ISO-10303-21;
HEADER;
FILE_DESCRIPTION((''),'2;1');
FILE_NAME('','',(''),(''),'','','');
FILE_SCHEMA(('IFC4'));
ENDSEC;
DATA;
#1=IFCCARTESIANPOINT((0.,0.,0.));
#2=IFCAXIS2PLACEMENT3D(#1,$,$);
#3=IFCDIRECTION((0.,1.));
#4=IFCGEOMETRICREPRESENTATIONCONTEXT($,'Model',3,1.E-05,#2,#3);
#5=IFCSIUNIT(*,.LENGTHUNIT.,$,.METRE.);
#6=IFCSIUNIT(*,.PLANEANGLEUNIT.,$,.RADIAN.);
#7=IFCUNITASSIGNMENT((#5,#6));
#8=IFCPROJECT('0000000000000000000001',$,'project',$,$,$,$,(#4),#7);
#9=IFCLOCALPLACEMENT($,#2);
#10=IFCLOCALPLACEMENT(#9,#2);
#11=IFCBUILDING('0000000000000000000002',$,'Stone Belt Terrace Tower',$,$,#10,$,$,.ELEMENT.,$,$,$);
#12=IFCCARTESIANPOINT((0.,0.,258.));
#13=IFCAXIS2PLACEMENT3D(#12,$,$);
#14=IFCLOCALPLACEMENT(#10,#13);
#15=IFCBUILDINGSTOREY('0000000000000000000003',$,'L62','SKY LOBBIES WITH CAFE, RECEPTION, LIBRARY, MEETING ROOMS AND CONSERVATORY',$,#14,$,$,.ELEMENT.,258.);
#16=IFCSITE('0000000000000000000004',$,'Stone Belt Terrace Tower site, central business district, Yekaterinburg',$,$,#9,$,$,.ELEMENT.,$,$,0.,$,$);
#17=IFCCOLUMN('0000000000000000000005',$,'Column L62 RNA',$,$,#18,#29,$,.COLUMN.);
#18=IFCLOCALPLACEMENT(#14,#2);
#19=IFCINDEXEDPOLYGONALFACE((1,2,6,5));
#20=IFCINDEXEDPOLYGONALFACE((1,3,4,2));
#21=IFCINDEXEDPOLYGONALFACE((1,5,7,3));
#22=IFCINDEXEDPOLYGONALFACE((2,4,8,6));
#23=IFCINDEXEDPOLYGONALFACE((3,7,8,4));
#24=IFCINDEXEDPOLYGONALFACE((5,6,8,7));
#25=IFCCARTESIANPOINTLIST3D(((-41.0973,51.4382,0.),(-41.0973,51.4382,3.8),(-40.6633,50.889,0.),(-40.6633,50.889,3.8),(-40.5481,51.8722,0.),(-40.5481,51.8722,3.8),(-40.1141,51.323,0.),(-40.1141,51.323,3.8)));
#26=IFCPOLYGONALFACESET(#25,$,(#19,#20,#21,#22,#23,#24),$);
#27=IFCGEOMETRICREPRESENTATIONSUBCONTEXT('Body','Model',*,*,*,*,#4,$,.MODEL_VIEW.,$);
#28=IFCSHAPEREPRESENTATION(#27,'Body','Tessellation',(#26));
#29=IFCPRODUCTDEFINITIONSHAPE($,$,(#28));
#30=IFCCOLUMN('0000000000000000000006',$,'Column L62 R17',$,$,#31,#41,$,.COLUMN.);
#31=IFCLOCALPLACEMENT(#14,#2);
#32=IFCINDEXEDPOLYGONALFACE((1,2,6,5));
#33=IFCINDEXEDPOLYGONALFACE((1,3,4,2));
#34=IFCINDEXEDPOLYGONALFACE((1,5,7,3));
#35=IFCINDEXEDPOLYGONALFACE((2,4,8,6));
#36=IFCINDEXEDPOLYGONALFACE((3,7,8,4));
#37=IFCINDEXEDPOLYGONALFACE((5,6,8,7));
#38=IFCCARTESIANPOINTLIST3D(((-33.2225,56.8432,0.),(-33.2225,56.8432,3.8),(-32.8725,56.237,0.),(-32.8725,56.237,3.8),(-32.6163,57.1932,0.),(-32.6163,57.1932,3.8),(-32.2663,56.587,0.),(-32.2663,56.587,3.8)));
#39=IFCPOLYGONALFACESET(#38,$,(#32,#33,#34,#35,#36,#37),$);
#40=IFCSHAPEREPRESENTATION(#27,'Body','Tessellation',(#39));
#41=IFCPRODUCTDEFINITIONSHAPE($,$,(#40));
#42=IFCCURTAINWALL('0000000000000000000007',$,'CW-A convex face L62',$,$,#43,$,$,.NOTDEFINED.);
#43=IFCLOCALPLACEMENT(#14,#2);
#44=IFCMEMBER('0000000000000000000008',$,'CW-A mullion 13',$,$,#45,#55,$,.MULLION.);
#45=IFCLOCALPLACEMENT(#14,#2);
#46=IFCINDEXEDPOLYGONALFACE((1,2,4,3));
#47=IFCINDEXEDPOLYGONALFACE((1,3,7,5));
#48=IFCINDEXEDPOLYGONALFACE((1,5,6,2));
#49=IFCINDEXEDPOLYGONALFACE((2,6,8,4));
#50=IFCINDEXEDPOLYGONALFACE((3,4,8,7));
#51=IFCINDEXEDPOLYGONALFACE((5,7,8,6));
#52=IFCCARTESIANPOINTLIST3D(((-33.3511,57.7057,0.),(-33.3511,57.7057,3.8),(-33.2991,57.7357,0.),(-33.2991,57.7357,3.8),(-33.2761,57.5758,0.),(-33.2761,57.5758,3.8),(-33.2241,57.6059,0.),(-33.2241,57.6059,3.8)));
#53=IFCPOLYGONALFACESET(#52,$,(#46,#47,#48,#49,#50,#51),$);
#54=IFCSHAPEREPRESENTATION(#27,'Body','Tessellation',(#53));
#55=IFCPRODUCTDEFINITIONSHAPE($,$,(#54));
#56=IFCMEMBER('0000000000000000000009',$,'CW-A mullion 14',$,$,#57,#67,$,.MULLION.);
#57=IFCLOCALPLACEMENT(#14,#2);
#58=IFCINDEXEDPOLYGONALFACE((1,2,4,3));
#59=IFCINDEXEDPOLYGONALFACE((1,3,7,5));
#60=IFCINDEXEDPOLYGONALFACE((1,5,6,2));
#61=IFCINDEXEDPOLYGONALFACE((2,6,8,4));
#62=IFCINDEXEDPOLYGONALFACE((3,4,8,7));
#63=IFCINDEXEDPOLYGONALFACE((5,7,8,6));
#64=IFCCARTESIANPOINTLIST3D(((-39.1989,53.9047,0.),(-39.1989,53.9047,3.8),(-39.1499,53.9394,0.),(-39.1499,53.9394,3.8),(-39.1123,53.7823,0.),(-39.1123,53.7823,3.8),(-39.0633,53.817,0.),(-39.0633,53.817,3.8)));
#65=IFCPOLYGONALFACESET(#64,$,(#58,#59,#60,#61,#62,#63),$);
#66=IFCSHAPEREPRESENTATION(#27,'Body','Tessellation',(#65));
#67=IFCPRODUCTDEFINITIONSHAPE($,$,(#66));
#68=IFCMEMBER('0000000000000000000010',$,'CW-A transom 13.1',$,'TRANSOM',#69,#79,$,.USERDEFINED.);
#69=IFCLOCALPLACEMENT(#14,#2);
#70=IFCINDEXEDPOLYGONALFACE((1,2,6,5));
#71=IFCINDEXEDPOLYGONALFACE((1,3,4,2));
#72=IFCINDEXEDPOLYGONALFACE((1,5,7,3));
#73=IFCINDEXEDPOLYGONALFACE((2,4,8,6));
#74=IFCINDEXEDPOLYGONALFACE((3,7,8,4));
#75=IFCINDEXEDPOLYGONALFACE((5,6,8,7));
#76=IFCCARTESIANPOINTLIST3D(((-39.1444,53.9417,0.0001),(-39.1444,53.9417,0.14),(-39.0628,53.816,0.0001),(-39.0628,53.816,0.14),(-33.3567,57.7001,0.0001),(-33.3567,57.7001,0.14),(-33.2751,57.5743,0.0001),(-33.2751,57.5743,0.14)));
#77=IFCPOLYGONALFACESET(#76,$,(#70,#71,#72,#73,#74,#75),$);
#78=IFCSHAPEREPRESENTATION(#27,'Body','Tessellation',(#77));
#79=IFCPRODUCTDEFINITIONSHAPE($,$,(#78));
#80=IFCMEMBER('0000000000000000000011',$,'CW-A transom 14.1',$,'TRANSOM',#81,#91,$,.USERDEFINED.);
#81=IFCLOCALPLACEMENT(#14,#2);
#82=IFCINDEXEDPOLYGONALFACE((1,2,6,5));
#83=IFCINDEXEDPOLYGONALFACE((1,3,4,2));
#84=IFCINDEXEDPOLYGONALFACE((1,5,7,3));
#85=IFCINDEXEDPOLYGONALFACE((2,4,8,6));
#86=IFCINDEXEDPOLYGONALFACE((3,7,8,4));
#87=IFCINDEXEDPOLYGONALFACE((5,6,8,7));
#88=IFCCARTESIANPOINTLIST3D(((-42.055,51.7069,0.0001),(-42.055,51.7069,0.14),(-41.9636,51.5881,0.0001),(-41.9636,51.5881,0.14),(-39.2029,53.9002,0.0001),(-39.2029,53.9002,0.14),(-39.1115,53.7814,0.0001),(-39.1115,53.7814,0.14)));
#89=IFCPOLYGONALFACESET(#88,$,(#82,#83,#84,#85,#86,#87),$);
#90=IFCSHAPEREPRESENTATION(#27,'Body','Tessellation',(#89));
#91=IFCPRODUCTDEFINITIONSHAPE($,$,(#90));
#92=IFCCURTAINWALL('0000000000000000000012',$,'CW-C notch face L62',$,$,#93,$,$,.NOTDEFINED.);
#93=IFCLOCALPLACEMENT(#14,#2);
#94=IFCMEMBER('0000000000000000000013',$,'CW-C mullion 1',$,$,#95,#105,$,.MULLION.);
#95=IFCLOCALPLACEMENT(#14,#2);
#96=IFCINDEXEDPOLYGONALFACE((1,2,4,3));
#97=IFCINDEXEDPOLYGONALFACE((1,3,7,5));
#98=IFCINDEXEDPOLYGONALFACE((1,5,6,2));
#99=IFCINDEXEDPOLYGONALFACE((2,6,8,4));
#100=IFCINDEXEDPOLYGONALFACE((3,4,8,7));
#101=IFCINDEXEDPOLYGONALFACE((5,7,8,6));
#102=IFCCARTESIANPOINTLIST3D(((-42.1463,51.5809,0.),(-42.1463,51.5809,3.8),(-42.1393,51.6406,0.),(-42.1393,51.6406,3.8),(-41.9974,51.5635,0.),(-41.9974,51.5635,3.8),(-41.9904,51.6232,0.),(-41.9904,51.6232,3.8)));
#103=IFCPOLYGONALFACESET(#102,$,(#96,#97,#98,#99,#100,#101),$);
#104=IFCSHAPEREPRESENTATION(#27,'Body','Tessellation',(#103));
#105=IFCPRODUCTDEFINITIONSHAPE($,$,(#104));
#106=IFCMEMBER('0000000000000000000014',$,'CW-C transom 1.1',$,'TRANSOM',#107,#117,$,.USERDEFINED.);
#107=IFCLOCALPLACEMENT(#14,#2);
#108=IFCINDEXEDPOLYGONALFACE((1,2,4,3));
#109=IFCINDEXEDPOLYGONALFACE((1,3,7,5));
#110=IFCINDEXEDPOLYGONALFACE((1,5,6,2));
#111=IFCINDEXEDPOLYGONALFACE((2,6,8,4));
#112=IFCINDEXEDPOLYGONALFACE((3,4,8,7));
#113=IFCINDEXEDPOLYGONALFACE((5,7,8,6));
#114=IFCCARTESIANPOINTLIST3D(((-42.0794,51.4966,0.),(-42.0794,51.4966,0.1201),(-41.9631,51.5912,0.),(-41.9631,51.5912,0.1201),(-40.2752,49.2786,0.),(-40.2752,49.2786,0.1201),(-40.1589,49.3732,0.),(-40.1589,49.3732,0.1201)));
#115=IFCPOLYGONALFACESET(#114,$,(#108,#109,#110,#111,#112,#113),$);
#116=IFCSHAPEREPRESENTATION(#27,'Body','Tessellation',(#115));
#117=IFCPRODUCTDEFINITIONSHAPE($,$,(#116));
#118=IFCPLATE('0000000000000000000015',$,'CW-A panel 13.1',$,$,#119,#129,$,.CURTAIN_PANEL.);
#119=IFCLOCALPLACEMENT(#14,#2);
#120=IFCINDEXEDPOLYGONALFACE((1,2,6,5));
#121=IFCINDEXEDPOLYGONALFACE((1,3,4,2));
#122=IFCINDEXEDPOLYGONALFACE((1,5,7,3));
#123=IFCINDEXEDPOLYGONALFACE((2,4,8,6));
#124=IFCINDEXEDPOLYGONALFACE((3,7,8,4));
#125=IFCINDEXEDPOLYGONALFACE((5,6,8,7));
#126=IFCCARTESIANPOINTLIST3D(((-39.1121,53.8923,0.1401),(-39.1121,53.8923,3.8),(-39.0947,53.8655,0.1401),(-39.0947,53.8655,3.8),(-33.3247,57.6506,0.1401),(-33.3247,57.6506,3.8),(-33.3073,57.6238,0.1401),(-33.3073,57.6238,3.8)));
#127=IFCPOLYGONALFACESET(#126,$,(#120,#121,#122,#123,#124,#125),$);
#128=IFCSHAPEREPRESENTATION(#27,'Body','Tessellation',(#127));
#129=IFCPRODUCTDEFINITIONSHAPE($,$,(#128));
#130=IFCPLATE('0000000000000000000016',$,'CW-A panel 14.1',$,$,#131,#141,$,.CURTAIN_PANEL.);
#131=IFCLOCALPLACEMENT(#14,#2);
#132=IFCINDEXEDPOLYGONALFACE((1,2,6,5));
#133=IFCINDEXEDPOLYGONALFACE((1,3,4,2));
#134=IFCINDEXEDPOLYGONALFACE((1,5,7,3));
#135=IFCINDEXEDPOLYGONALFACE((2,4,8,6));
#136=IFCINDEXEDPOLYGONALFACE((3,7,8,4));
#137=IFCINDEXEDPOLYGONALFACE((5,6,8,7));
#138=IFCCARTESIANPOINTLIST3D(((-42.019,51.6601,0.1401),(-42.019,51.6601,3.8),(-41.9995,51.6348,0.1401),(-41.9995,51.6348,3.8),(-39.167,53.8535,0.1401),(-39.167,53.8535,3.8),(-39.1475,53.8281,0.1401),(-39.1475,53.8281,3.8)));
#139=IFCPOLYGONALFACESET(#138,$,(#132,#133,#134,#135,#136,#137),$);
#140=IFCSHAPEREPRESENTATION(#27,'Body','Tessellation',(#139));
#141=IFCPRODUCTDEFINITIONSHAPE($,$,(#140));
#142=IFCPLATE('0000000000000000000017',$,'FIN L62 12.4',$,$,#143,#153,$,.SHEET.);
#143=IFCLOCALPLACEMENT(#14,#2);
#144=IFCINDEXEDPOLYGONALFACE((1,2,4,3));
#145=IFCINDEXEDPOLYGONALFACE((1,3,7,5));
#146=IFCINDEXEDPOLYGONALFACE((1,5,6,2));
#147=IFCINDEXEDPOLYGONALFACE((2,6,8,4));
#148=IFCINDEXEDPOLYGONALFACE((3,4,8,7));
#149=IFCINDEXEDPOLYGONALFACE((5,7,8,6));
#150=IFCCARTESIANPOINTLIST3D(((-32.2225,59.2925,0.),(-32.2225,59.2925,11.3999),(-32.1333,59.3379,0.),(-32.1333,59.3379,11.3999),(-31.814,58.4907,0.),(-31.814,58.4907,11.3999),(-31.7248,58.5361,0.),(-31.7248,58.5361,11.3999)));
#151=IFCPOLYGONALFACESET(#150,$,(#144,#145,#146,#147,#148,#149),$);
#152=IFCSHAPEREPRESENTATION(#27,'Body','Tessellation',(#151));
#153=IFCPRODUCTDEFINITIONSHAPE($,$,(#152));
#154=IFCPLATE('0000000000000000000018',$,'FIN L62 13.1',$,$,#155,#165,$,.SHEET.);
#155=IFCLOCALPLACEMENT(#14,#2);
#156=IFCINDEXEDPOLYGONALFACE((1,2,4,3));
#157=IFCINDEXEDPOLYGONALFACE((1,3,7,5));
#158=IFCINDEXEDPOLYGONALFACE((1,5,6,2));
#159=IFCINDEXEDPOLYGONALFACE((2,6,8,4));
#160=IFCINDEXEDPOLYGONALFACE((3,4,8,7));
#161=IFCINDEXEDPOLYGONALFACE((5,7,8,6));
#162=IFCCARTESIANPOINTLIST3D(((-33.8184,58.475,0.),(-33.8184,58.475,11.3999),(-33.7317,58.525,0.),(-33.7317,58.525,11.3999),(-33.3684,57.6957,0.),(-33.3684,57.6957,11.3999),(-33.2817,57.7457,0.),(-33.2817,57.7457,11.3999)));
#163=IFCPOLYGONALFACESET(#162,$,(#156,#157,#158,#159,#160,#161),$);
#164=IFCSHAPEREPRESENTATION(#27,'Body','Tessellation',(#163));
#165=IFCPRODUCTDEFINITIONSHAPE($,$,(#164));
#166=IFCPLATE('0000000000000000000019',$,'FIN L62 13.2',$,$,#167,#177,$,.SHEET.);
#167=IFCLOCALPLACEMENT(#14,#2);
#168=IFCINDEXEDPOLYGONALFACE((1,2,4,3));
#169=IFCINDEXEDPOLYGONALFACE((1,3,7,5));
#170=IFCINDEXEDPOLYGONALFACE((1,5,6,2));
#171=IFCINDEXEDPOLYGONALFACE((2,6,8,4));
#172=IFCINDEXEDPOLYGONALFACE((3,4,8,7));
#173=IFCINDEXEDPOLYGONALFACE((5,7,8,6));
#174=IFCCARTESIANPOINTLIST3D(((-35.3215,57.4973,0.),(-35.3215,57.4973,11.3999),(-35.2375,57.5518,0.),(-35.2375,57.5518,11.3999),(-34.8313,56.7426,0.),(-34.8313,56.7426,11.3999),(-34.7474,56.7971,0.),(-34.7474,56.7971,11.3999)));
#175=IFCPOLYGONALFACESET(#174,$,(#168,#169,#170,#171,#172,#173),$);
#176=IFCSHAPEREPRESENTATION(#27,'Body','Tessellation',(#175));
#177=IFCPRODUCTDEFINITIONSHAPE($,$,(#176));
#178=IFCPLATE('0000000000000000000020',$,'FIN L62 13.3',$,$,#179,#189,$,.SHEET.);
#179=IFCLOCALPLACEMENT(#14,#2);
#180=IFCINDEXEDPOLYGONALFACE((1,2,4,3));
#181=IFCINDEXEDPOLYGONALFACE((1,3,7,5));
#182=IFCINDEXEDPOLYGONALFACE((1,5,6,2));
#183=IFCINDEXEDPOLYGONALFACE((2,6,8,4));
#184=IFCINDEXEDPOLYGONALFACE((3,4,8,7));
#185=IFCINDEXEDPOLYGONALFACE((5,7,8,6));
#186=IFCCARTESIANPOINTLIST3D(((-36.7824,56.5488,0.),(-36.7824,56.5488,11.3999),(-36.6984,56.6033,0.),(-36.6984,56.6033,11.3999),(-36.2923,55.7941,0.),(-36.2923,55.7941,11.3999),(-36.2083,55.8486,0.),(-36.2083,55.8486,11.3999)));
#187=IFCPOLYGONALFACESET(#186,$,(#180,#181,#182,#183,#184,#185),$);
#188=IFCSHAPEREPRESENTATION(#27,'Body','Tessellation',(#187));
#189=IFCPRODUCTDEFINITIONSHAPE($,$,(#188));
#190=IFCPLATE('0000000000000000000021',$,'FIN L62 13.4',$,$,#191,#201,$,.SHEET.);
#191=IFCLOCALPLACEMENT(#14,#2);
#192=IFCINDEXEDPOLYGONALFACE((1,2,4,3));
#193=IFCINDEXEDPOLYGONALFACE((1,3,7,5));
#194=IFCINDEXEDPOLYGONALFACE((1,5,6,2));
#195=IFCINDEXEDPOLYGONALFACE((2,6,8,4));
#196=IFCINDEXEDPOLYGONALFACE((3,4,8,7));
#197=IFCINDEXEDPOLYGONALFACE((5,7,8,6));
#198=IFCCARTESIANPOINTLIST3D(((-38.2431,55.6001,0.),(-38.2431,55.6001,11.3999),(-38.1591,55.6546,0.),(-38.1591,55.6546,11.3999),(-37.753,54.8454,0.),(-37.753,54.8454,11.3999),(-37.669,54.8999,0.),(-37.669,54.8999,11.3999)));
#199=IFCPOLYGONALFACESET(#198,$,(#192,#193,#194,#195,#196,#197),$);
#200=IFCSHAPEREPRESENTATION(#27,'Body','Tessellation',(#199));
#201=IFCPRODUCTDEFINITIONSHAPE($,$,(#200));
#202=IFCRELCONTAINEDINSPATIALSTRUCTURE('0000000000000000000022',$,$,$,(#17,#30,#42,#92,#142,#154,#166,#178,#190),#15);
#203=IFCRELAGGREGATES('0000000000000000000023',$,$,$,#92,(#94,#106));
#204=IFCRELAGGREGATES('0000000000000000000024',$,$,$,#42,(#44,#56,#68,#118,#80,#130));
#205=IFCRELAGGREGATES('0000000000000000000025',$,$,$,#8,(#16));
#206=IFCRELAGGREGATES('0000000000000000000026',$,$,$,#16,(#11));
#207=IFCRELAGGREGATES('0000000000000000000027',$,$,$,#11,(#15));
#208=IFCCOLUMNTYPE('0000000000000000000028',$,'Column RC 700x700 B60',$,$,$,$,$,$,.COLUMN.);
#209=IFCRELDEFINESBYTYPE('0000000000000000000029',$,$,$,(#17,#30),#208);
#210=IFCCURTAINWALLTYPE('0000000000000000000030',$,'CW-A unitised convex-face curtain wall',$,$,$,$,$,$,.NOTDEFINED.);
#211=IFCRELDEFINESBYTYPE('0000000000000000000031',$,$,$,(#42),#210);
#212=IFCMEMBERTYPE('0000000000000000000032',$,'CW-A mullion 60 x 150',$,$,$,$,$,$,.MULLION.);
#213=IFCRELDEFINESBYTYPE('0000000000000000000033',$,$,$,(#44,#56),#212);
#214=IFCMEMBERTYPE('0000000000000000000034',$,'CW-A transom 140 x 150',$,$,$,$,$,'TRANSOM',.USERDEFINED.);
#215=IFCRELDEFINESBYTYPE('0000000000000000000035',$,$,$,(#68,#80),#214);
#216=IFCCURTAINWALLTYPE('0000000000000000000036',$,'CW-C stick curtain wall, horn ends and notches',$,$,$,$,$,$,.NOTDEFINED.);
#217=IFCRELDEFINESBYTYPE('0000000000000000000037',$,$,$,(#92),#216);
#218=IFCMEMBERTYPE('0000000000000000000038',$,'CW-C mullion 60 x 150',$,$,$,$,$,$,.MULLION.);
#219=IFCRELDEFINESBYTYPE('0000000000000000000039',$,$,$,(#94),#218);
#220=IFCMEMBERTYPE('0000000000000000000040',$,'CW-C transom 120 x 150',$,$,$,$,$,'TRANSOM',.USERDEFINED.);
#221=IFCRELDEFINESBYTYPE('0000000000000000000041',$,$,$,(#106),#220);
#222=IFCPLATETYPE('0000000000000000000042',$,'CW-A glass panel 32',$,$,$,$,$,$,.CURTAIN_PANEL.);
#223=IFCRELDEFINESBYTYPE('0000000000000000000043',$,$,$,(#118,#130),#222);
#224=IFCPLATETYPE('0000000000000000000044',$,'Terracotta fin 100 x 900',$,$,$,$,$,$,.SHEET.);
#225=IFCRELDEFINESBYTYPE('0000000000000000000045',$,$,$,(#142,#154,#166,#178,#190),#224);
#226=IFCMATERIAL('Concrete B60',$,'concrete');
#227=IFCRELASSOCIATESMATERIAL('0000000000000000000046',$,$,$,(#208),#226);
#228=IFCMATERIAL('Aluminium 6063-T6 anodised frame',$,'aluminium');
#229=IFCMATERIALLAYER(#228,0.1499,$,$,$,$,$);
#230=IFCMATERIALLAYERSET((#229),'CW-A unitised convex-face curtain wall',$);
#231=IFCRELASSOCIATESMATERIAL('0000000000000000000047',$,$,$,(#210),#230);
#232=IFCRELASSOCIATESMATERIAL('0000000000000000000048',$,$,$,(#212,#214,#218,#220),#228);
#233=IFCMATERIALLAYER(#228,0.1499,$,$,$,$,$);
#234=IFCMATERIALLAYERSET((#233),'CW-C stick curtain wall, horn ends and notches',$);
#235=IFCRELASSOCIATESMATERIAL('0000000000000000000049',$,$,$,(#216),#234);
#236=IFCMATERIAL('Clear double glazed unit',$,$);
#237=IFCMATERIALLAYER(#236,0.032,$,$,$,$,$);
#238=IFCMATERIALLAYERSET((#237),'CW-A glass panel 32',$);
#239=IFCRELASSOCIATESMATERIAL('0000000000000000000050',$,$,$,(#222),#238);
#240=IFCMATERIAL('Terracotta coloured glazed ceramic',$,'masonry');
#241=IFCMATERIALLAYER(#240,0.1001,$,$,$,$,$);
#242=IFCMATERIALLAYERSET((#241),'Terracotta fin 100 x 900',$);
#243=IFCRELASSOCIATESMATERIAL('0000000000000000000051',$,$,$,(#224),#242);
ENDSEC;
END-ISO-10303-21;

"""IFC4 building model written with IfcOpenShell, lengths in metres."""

from ifc_helpers import new_model, si_unit, direction, frame, origin, origin_2d, place, context, subcontext, project, spatial, rectangle, extrude, material, layer, layer_set, material_profile, profile_set, type_object, element, aggregate, save


model = new_model("IFC4")

# Units and contexts
model_context = context("Model", 3, precision=1e-05, world=origin(), true_north=direction((0.0, 1.0)))
body_context = subcontext(model_context, "Body", "Model", "MODEL_VIEW")
ifc_project = project(units=[si_unit("LENGTHUNIT", "METRE"), si_unit("PLANEANGLEUNIT", "RADIAN")], contexts=[model_context])

# Site, building, storey
site_placement = place(None, origin())
site = spatial("IfcSite", under=ifc_project, at=site_placement, Name="Stone Belt Terrace Tower site, central business district, Yekaterinburg", CompositionType="ELEMENT", RefElevation=0.0)
building_placement = place(site_placement, origin())
building = spatial("IfcBuilding", under=site, at=building_placement, Name="Stone Belt Terrace Tower", CompositionType="ELEMENT")
storey_placement = place(building_placement, frame((0.0, 0.0, 258.0)))
storey = spatial("IfcBuildingStorey", under=building, at=storey_placement, Name="L62", Description="SKY LOBBIES WITH CAFE, RECEPTION, LIBRARY, MEETING ROOMS AND CONSERVATORY", CompositionType="ELEMENT", Elevation=258.0)

# Columns
ifc_material_1 = material(Name="Concrete B60", Category="concrete")
ifc_material_profile_1 = material_profile(ifc_material_1, rectangle(XDim=0.7, YDim=0.7, at=origin_2d()), Name="RC 700x700")
ifc_profile_set_1 = profile_set([ifc_material_profile_1], Name="Concrete B60")
column_type = type_object("IfcColumnType", Name="Column RC 700x700 B60", PredefinedType="COLUMN", material=ifc_profile_set_1)
for number, where, z_axis, x_axis, name in (
    (1, (-40.6057, 51.3806, 0.0), (0.0, 0.0, 1.0), (0.78457, 0.620041, 0.0), "Column L62 RNA"),
    (2, (-32.7444, 56.7151, 0.0), (0.0, 0.0, 1.0), (0.866025, 0.5, 0.0), "Column L62 R17"),
):
    element("IfcColumn", number, at=place(storey_placement, frame(where, z_axis=z_axis, x_axis=x_axis)), inside=storey, type_object=column_type, Name=name, PredefinedType="COLUMN", context=body_context, shape_type="SweptSolid", body=[
        extrude(rectangle(XDim=0.7, YDim=0.7, at=origin_2d()), origin(), (0.0, 0.0, 1.0), 3.8),
    ])

# Curtain walls, members
ifc_material_2 = material(Name="Aluminium 6063-T6 anodised frame", Category="aluminium")
ifc_layer_1 = layer(ifc_material_2, 0.1499)
ifc_layer_set_1 = layer_set([ifc_layer_1], Name="CW-A unitised convex-face curtain wall")
curtain_wall_type_1 = type_object("IfcCurtainWallType", Name="CW-A unitised convex-face curtain wall", PredefinedType="NOTDEFINED", material=ifc_layer_set_1)
curtain_wall_1_placement = place(storey_placement, origin())
curtain_wall_1 = element("IfcCurtainWall", 3, at=curtain_wall_1_placement, inside=storey, type_object=curtain_wall_type_1, Name="CW-A convex face L62", PredefinedType="NOTDEFINED")
ifc_material_profile_2 = material_profile(ifc_material_2, rectangle(XDim=0.1499, YDim=0.0601, at=origin_2d()), Name="Aluminium 6063-T6 60x150")
ifc_profile_set_2 = profile_set([ifc_material_profile_2], Name="Aluminium 6063-T6 anodised frame")
member_type_1 = type_object("IfcMemberType", Name="CW-A mullion 60 x 150", PredefinedType="MULLION", material=ifc_profile_set_2)
member_1_placement = place(storey_placement, frame((-33.2876, 57.6558, 0.0), z_axis=(0.0, 0.0, 1.0), x_axis=(0.5, -0.866025, 0.0)))
member_1 = element("IfcMember", 4, at=member_1_placement, type_object=member_type_1, Name="CW-A mullion 13", PredefinedType="MULLION", context=body_context, shape_type="SweptSolid", body=[
    extrude(rectangle(XDim=0.1499, YDim=0.0601, at=origin_2d()), origin(), (0.0, 0.0, 1.0), 3.8),
])
member_2_placement = place(storey_placement, frame((-39.1311, 53.8608, 0.0), z_axis=(0.0, 0.0, 1.0), x_axis=(0.577587, -0.816329, 0.0)))
member_2 = element("IfcMember", 5, at=member_2_placement, type_object=member_type_1, Name="CW-A mullion 14", PredefinedType="MULLION", context=body_context, shape_type="SweptSolid", body=[
    extrude(rectangle(XDim=0.1499, YDim=0.0601, at=origin_2d()), origin(), (0.0, 0.0, 1.0), 3.8),
])
ifc_material_profile_3 = material_profile(ifc_material_2, rectangle(XDim=0.1499, YDim=0.1399, at=origin_2d()), Name="Aluminium 6063-T6 150x140")
ifc_profile_set_3 = profile_set([ifc_material_profile_3], Name="Aluminium 6063-T6 anodised frame")
member_type_2 = type_object("IfcMemberType", Name="CW-A transom 140 x 150", ElementType="TRANSOM", PredefinedType="USERDEFINED", material=ifc_profile_set_3)
member_3_placement = place(storey_placement, frame((-33.3159, 57.6372, 0.0701), z_axis=(-0.838684, -0.544618, 0.0), x_axis=(0.544618, -0.838684, 0.0)))
member_3 = element("IfcMember", 6, at=member_3_placement, type_object=member_type_2, Name="CW-A transom 13.1", ObjectType="TRANSOM", PredefinedType="USERDEFINED", context=body_context, shape_type="SweptSolid", body=[
    extrude(rectangle(XDim=0.1499, YDim=0.1399, at=origin_2d()), origin(), (0.0, 0.0, 1.0), 6.9009),
])
member_4_placement = place(storey_placement, frame((-39.1572, 53.8408, 0.0701), z_axis=(-0.792695, -0.609619, 0.0), x_axis=(0.609619, -0.792695, 0.0)))
member_4 = element("IfcMember", 7, at=member_4_placement, type_object=member_type_2, Name="CW-A transom 14.1", ObjectType="TRANSOM", PredefinedType="USERDEFINED", context=body_context, shape_type="SweptSolid", body=[
    extrude(rectangle(XDim=0.1499, YDim=0.1399, at=origin_2d()), origin(), (0.0, 0.0, 1.0), 3.5979),
])
ifc_layer_2 = layer(ifc_material_2, 0.1499)
ifc_layer_set_2 = layer_set([ifc_layer_2], Name="CW-C stick curtain wall, horn ends and notches")
curtain_wall_type_2 = type_object("IfcCurtainWallType", Name="CW-C stick curtain wall, horn ends and notches", PredefinedType="NOTDEFINED", material=ifc_layer_set_2)
curtain_wall_2_placement = place(storey_placement, origin())
curtain_wall_2 = element("IfcCurtainWall", 8, at=curtain_wall_2_placement, inside=storey, type_object=curtain_wall_type_2, Name="CW-C notch face L62", PredefinedType="NOTDEFINED")
ifc_material_profile_4 = material_profile(ifc_material_2, rectangle(XDim=0.1499, YDim=0.0601, at=origin_2d()), Name="Aluminium 6063-T6 60x150")
ifc_profile_set_4 = profile_set([ifc_material_profile_4], Name="Aluminium 6063-T6 anodised frame")
member_type_3 = type_object("IfcMemberType", Name="CW-C mullion 60 x 150", PredefinedType="MULLION", material=ifc_profile_set_4)
member_5_placement = place(storey_placement, frame((-42.0684, 51.6021, 0.0), z_axis=(0.0, 0.0, 1.0), x_axis=(0.993258, -0.115925, 0.0)))
member_5 = element("IfcMember", 9, at=member_5_placement, type_object=member_type_3, Name="CW-C mullion 1", PredefinedType="MULLION", context=body_context, shape_type="SweptSolid", body=[
    extrude(rectangle(XDim=0.1499, YDim=0.0601, at=origin_2d()), origin(), (0.0, 0.0, 1.0), 3.8),
])
ifc_material_profile_5 = material_profile(ifc_material_2, rectangle(XDim=0.1499, YDim=0.1201, at=origin_2d()), Name="Aluminium 6063-T6 150x120")
ifc_profile_set_5 = profile_set([ifc_material_profile_5], Name="Aluminium 6063-T6 anodised frame")
member_type_4 = type_object("IfcMemberType", Name="CW-C transom 120 x 150", ElementType="TRANSOM", PredefinedType="USERDEFINED", material=ifc_profile_set_5)
member_6_placement = place(storey_placement, frame((-42.0212, 51.5439, 0.0601), z_axis=(0.631027, -0.775761, 0.0), x_axis=(0.775761, 0.631027, 0.0)))
member_6 = element("IfcMember", 10, at=member_6_placement, type_object=member_type_4, Name="CW-C transom 1.1", ObjectType="TRANSOM", PredefinedType="USERDEFINED", context=body_context, shape_type="SweptSolid", body=[
    extrude(rectangle(XDim=0.1499, YDim=0.1201, at=origin_2d()), origin(), (0.0, 0.0, 1.0), 2.8591),
])
aggregate(curtain_wall_2, [member_5, member_6])

# Plates
ifc_material_3 = material(Name="Clear double glazed unit")
ifc_layer_3 = layer(ifc_material_3, 0.032)
ifc_layer_set_3 = layer_set([ifc_layer_3], Name="CW-A glass panel 32")
plate_type_1 = type_object("IfcPlateType", Name="CW-A glass panel 32", PredefinedType="CURTAIN_PANEL", material=ifc_layer_set_3)
plate_1_placement = place(storey_placement, frame((-36.2097, 55.7581, 0.1401), z_axis=(0.0, 0.0, 1.0), x_axis=(-0.838671, -0.544639, 0.0)))
plate_1 = element("IfcPlate", 11, at=plate_1_placement, type_object=plate_type_1, Name="CW-A panel 13.1", PredefinedType="CURTAIN_PANEL", context=body_context, shape_type="SweptSolid", body=[
    extrude(rectangle(XDim=6.9006, YDim=0.032, at=origin_2d()), origin(), (0.0, 0.0, 1.0), 3.6599),
])
plate_2_placement = place(storey_placement, frame((-40.5833, 52.7441, 0.1401), z_axis=(0.0, 0.0, 1.0), x_axis=(-0.792694, -0.60962, 0.0)))
plate_2 = element("IfcPlate", 12, at=plate_2_placement, type_object=plate_type_1, Name="CW-A panel 14.1", PredefinedType="CURTAIN_PANEL", context=body_context, shape_type="SweptSolid", body=[
    extrude(rectangle(XDim=3.5979, YDim=0.032, at=origin_2d()), origin(), (0.0, 0.0, 1.0), 3.6599),
])
aggregate(curtain_wall_1, [member_1, member_2, member_3, plate_1, member_4, plate_2])

# Plates
ifc_material_4 = material(Name="Terracotta coloured glazed ceramic", Category="masonry")
ifc_layer_4 = layer(ifc_material_4, 0.1001)
ifc_layer_set_4 = layer_set([ifc_layer_4], Name="Terracotta fin 100 x 900")
plate_type_2 = type_object("IfcPlateType", Name="Terracotta fin 100 x 900", PredefinedType="SHEET", material=ifc_layer_set_4)
for number, where, z_axis, x_axis, name in (
    (13, (-31.9736, 58.9143, 0.0), (0.0, 0.0, 1.0), (-0.45399, 0.891007, 0.0), "FIN L62 12.4"),
    (14, (-33.55, 58.1104, 0.0), (0.0, 0.0, 1.0), (-0.5, 0.866025, 0.0), "FIN L62 13.1"),
    (15, (-35.0344, 57.1472, 0.0), (0.0, 0.0, 1.0), (-0.544639, 0.838671, 0.0), "FIN L62 13.2"),
    (16, (-36.4954, 56.1987, 0.0), (0.0, 0.0, 1.0), (-0.544639, 0.838671, 0.0), "FIN L62 13.3"),
    (17, (-37.9561, 55.25, 0.0), (0.0, 0.0, 1.0), (-0.544639, 0.838671, 0.0), "FIN L62 13.4"),
):
    element("IfcPlate", number, at=place(storey_placement, frame(where, z_axis=z_axis, x_axis=x_axis)), inside=storey, type_object=plate_type_2, Name=name, PredefinedType="SHEET", context=body_context, shape_type="SweptSolid", body=[
        extrude(rectangle(XDim=0.8999, YDim=0.1001, at=origin_2d()), origin(), (0.0, 0.0, 1.0), 11.3999),
    ])

save(model, "model.ifc")
